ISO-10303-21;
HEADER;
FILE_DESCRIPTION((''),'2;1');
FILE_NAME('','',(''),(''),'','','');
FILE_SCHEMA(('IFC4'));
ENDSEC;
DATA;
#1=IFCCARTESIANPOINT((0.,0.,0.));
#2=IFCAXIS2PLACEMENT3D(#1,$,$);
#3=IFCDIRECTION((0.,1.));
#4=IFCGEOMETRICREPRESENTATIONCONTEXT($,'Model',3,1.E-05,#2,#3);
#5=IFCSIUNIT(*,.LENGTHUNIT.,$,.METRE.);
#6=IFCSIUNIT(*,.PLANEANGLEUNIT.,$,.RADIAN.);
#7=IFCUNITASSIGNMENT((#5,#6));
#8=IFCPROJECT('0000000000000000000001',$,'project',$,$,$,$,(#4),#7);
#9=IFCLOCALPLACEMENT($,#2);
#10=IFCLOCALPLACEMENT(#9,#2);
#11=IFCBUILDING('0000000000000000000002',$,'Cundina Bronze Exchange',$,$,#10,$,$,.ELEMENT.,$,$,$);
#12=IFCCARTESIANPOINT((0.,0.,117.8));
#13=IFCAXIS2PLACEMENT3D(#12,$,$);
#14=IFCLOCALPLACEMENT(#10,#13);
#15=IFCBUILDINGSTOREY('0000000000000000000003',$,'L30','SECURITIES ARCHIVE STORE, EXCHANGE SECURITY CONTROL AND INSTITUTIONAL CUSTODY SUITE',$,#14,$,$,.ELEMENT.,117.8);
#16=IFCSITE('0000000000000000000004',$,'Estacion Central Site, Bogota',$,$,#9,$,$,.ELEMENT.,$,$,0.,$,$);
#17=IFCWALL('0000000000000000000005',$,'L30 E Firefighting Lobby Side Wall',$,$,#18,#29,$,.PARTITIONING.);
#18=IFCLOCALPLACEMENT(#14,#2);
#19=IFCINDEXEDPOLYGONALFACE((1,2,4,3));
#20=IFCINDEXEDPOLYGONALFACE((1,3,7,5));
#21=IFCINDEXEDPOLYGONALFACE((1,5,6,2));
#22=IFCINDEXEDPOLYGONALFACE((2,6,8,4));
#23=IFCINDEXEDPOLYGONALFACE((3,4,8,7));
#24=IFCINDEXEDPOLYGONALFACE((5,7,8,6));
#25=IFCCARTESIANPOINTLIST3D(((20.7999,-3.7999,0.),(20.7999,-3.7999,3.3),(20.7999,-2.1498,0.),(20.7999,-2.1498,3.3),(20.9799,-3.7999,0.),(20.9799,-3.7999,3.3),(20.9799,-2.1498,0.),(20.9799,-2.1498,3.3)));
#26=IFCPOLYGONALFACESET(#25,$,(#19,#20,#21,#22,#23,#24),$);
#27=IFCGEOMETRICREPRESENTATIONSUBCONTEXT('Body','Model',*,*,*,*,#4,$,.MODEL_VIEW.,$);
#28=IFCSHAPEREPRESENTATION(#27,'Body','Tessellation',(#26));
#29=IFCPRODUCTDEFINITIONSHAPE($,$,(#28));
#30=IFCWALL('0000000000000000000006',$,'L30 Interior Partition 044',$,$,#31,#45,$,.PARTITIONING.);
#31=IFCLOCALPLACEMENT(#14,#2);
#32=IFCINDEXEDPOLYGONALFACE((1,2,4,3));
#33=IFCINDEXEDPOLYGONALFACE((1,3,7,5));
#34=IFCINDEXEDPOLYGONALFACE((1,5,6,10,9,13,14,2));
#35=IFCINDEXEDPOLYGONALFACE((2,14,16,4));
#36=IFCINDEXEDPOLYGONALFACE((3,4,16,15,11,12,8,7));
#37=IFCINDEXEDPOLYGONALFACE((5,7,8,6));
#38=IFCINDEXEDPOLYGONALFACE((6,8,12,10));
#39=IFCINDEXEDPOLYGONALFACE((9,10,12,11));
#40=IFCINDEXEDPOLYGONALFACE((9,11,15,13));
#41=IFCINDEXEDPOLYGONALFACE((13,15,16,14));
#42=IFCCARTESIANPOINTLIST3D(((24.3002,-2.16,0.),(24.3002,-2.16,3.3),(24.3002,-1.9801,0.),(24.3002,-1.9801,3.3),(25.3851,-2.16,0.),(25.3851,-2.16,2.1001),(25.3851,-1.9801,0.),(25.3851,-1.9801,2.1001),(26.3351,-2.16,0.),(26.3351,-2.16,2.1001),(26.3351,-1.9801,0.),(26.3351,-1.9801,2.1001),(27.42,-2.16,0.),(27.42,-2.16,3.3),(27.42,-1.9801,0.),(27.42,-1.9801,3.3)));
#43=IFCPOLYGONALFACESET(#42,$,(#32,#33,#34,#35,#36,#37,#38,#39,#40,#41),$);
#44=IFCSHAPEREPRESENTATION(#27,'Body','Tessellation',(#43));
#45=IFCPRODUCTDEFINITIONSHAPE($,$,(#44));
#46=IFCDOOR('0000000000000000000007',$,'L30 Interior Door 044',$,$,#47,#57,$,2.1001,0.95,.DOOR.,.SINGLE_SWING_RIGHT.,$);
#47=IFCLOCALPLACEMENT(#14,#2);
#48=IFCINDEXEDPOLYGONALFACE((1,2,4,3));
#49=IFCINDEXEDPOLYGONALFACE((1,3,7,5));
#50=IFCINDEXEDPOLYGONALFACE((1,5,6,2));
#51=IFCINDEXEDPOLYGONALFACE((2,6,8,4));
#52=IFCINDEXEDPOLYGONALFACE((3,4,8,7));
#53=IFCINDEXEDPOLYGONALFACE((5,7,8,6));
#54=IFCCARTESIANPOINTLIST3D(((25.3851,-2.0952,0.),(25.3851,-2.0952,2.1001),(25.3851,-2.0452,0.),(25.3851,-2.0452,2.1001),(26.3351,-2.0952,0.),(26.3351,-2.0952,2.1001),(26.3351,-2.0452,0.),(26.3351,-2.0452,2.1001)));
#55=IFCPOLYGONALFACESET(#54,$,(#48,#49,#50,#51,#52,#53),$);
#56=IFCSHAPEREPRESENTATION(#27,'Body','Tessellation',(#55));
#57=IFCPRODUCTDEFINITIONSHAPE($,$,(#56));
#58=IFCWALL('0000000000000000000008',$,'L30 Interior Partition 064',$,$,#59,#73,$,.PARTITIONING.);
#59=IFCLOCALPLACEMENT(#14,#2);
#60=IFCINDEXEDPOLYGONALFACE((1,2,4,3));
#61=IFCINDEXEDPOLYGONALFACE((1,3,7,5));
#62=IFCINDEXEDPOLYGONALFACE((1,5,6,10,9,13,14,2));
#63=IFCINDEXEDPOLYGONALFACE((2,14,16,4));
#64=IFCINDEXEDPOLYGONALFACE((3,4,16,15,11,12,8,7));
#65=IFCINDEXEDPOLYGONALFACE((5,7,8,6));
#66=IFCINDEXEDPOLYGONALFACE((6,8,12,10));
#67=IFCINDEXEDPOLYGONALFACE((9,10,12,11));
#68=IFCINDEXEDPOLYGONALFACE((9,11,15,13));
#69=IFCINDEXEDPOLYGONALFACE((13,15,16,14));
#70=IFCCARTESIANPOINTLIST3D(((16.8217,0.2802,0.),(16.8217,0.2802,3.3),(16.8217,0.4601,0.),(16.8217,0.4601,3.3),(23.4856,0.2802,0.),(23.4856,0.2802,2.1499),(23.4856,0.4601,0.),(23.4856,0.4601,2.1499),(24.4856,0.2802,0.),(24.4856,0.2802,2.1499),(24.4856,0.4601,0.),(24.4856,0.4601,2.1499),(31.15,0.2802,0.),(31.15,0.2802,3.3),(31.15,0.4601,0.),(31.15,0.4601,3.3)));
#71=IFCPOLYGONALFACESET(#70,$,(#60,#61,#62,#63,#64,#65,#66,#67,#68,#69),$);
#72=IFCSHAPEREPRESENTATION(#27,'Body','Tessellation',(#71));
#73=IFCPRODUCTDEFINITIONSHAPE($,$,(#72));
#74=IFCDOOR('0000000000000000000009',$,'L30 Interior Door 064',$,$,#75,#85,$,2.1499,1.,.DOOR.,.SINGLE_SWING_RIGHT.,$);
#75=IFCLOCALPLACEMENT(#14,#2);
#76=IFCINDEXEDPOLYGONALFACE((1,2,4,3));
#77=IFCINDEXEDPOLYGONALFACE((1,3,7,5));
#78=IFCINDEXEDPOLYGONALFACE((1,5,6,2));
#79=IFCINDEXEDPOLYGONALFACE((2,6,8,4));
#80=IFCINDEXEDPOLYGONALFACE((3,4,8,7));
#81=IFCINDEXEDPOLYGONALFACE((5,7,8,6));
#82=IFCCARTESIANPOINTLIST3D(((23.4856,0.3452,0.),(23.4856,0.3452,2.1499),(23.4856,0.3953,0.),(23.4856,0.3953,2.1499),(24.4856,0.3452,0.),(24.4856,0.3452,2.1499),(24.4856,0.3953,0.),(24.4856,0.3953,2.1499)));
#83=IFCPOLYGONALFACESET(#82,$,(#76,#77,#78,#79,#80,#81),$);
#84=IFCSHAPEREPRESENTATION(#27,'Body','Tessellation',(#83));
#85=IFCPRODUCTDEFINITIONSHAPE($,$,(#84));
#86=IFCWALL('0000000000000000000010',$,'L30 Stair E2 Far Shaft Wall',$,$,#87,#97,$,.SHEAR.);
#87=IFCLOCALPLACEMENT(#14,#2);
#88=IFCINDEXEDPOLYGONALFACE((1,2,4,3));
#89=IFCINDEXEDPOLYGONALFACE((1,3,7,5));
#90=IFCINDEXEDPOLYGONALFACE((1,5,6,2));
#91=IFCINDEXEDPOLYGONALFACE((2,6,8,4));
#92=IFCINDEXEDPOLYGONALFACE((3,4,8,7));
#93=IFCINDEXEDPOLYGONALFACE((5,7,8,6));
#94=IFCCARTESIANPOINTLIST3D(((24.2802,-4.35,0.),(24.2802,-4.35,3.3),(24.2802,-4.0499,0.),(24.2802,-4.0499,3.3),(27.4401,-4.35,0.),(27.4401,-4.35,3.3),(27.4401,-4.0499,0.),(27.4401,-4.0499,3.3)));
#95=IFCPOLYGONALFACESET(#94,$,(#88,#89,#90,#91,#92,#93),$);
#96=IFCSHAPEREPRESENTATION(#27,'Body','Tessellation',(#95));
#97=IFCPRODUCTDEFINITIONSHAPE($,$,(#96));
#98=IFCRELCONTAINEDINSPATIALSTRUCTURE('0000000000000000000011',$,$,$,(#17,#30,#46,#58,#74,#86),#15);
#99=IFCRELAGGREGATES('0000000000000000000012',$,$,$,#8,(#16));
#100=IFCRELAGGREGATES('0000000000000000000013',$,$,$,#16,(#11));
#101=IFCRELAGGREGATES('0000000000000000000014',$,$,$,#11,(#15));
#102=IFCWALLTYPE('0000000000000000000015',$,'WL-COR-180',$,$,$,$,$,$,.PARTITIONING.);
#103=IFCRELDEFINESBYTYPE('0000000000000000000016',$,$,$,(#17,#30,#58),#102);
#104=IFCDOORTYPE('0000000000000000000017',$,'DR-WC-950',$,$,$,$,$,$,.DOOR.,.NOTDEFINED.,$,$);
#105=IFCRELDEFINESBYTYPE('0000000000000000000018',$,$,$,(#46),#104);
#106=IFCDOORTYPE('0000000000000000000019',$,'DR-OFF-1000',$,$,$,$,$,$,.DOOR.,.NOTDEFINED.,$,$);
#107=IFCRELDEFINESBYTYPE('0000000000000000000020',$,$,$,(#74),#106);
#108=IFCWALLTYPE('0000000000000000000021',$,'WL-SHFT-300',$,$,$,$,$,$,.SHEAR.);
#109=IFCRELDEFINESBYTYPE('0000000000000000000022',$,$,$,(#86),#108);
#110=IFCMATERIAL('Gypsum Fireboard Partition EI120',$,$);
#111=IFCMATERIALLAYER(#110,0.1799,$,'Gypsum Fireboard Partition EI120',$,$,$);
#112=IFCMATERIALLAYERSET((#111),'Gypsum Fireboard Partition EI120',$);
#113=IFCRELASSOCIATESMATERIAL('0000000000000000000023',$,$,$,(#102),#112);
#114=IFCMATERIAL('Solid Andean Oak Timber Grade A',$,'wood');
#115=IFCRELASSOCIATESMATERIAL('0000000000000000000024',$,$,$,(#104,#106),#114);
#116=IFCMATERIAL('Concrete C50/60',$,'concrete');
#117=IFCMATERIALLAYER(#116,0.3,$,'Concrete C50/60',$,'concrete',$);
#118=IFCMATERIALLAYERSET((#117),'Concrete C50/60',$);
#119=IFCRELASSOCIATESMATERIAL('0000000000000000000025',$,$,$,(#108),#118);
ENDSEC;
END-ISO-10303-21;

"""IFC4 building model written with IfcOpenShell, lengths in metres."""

from ifc_helpers import new_model, si_unit, direction, frame, frame_2d, origin, place, context, subcontext, project, spatial, rectangle, extrude, material, layer, layer_set, type_object, element, fill, save


model = new_model("IFC4")

# Units and contexts
model_context = context("Model", 3, precision=1e-05, world=origin(), true_north=direction((0.0, 1.0)))
body_context = subcontext(model_context, "Body", "Model", "MODEL_VIEW")
ifc_project = project(units=[si_unit("LENGTHUNIT", "METRE"), si_unit("PLANEANGLEUNIT", "RADIAN")], contexts=[model_context])

# Site, building, storey
site_placement = place(None, origin())
site = spatial("IfcSite", under=ifc_project, at=site_placement, Name="Estacion Central Site, Bogota", CompositionType="ELEMENT", RefElevation=0.0)
building_placement = place(site_placement, origin())
building = spatial("IfcBuilding", under=site, at=building_placement, Name="Cundina Bronze Exchange", CompositionType="ELEMENT")
storey_placement = place(building_placement, frame((0.0, 0.0, 117.8)))
storey = spatial("IfcBuildingStorey", under=building, at=storey_placement, Name="L30", Description="SECURITIES ARCHIVE STORE, EXCHANGE SECURITY CONTROL AND INSTITUTIONAL CUSTODY SUITE", CompositionType="ELEMENT", Elevation=117.8)

# Wall
ifc_material_1 = material(Name="Gypsum Fireboard Partition EI120")
ifc_layer_1 = layer(ifc_material_1, 0.1799, Name="Gypsum Fireboard Partition EI120")
ifc_layer_set_1 = layer_set([ifc_layer_1], Name="Gypsum Fireboard Partition EI120")
wall_type_1 = type_object("IfcWallType", Name="WL-COR-180", PredefinedType="PARTITIONING", material=ifc_layer_set_1)
wall_1_placement = place(storey_placement, frame((20.8899, -3.8, 0.0), z_axis=(0.0, 0.0, 1.0), x_axis=(0.0, 1.0, 0.0)))
element("IfcWall", 1, at=wall_1_placement, inside=storey, type_object=wall_type_1, Name="L30 E Firefighting Lobby Side Wall", PredefinedType="PARTITIONING", context=body_context, shape_type="SweptSolid", body=[
    extrude(rectangle(XDim=1.6501, YDim=0.1799, at=frame_2d((0.8252, 0.0))), origin(), (0.0, 0.0, 1.0), 3.3),
])

# Walls, openings, doors
wall_2_placement = place(storey_placement, frame((24.3, -2.0701, 0.0), z_axis=(0.0, 0.0, 1.0), x_axis=(1.0, 0.0, 0.0)))
wall_2 = element("IfcWall", 2, at=wall_2_placement, inside=storey, type_object=wall_type_1, Name="L30 Interior Partition 044", PredefinedType="PARTITIONING", context=body_context, shape_type="SweptSolid", body=[
    extrude(rectangle(XDim=3.1199, YDim=0.1799, at=frame_2d((1.5601, 0.0))), origin(), (0.0, 0.0, 1.0), 3.3),
])
opening_1_placement = place(wall_2_placement, frame((1.085, 0.0, 0.0)))
opening_1 = element("IfcOpeningElement", 3, at=opening_1_placement, cuts=wall_2, PredefinedType="OPENING", context=body_context, shape_type="SweptSolid", body=[
    extrude(rectangle(XDim=0.95, YDim=2.1001, at=frame_2d((0.4751, 1.05))), frame((0.0, 0.0999, 0.0), z_axis=(0.0, -1.0, 0.0), x_axis=(1.0, 0.0, 0.0)), (0.0, 0.0, 1.0), 0.2),
])
ifc_material_2 = material(Name="Solid Andean Oak Timber Grade A", Category="wood")
door_type_1 = type_object("IfcDoorType", Name="DR-WC-950", OperationType="NOTDEFINED", PredefinedType="DOOR", material=ifc_material_2)
door_1_placement = place(opening_1_placement, origin())
door_1 = element("IfcDoor", 4, at=door_1_placement, inside=storey, type_object=door_type_1, Name="L30 Interior Door 044", OperationType="SINGLE_SWING_RIGHT", OverallHeight=2.1001, OverallWidth=0.95, PredefinedType="DOOR", context=body_context, shape_type="SweptSolid", body=[
    extrude(rectangle(XDim=0.95, YDim=2.1001, at=frame_2d((0.4751, 1.05))), frame((0.0, 0.0249, 0.0), z_axis=(0.0, -1.0, 0.0), x_axis=(1.0, 0.0, 0.0)), (0.0, 0.0, 1.0), 0.05),
])
fill(opening_1, door_1)
wall_3_placement = place(storey_placement, frame((31.1499, 0.3701, 0.0), z_axis=(0.0, 0.0, 1.0), x_axis=(-1.0, 0.0, 0.0)))
wall_3 = element("IfcWall", 5, at=wall_3_placement, inside=storey, type_object=wall_type_1, Name="L30 Interior Partition 064", PredefinedType="PARTITIONING", context=body_context, shape_type="SweptSolid", body=[
    extrude(rectangle(XDim=14.3284, YDim=0.1799, at=frame_2d((7.1641, 0.0))), origin(), (0.0, 0.0, 1.0), 3.3),
])
opening_2_placement = place(wall_3_placement, frame((6.6643, 0.0, 0.0)))
opening_2 = element("IfcOpeningElement", 6, at=opening_2_placement, cuts=wall_3, PredefinedType="OPENING", context=body_context, shape_type="SweptSolid", body=[
    extrude(rectangle(XDim=1.0, YDim=2.1499, at=frame_2d((0.5, 1.075))), frame((0.0, 0.0999, 0.0), z_axis=(0.0, -1.0, 0.0), x_axis=(1.0, 0.0, 0.0)), (0.0, 0.0, 1.0), 0.2),
])
door_type_2 = type_object("IfcDoorType", Name="DR-OFF-1000", OperationType="NOTDEFINED", PredefinedType="DOOR", material=ifc_material_2)
door_2_placement = place(opening_2_placement, origin())
door_2 = element("IfcDoor", 7, at=door_2_placement, inside=storey, type_object=door_type_2, Name="L30 Interior Door 064", OperationType="SINGLE_SWING_RIGHT", OverallHeight=2.1499, OverallWidth=1.0, PredefinedType="DOOR", context=body_context, shape_type="SweptSolid", body=[
    extrude(rectangle(XDim=1.0, YDim=2.1499, at=frame_2d((0.5, 1.075))), frame((0.0, 0.0249, 0.0), z_axis=(0.0, -1.0, 0.0), x_axis=(1.0, 0.0, 0.0)), (0.0, 0.0, 1.0), 0.05),
])
fill(opening_2, door_2)
ifc_material_3 = material(Name="Concrete C50/60", Category="concrete")
ifc_layer_2 = layer(ifc_material_3, 0.3, Name="Concrete C50/60", Category="concrete")
ifc_layer_set_2 = layer_set([ifc_layer_2], Name="Concrete C50/60")
wall_type_2 = type_object("IfcWallType", Name="WL-SHFT-300", PredefinedType="SHEAR", material=ifc_layer_set_2)

# Wall
wall_4_placement = place(storey_placement, frame((24.28, -4.2, 0.0), z_axis=(0.0, 0.0, 1.0), x_axis=(1.0, 0.0, 0.0)))
element("IfcWall", 8, at=wall_4_placement, inside=storey, type_object=wall_type_2, Name="L30 Stair E2 Far Shaft Wall", PredefinedType="SHEAR", context=body_context, shape_type="SweptSolid", body=[
    extrude(rectangle(XDim=3.1599, YDim=0.3, at=frame_2d((1.5801, 0.0))), origin(), (0.0, 0.0, 1.0), 3.3),
])

save(model, "model.ifc")
